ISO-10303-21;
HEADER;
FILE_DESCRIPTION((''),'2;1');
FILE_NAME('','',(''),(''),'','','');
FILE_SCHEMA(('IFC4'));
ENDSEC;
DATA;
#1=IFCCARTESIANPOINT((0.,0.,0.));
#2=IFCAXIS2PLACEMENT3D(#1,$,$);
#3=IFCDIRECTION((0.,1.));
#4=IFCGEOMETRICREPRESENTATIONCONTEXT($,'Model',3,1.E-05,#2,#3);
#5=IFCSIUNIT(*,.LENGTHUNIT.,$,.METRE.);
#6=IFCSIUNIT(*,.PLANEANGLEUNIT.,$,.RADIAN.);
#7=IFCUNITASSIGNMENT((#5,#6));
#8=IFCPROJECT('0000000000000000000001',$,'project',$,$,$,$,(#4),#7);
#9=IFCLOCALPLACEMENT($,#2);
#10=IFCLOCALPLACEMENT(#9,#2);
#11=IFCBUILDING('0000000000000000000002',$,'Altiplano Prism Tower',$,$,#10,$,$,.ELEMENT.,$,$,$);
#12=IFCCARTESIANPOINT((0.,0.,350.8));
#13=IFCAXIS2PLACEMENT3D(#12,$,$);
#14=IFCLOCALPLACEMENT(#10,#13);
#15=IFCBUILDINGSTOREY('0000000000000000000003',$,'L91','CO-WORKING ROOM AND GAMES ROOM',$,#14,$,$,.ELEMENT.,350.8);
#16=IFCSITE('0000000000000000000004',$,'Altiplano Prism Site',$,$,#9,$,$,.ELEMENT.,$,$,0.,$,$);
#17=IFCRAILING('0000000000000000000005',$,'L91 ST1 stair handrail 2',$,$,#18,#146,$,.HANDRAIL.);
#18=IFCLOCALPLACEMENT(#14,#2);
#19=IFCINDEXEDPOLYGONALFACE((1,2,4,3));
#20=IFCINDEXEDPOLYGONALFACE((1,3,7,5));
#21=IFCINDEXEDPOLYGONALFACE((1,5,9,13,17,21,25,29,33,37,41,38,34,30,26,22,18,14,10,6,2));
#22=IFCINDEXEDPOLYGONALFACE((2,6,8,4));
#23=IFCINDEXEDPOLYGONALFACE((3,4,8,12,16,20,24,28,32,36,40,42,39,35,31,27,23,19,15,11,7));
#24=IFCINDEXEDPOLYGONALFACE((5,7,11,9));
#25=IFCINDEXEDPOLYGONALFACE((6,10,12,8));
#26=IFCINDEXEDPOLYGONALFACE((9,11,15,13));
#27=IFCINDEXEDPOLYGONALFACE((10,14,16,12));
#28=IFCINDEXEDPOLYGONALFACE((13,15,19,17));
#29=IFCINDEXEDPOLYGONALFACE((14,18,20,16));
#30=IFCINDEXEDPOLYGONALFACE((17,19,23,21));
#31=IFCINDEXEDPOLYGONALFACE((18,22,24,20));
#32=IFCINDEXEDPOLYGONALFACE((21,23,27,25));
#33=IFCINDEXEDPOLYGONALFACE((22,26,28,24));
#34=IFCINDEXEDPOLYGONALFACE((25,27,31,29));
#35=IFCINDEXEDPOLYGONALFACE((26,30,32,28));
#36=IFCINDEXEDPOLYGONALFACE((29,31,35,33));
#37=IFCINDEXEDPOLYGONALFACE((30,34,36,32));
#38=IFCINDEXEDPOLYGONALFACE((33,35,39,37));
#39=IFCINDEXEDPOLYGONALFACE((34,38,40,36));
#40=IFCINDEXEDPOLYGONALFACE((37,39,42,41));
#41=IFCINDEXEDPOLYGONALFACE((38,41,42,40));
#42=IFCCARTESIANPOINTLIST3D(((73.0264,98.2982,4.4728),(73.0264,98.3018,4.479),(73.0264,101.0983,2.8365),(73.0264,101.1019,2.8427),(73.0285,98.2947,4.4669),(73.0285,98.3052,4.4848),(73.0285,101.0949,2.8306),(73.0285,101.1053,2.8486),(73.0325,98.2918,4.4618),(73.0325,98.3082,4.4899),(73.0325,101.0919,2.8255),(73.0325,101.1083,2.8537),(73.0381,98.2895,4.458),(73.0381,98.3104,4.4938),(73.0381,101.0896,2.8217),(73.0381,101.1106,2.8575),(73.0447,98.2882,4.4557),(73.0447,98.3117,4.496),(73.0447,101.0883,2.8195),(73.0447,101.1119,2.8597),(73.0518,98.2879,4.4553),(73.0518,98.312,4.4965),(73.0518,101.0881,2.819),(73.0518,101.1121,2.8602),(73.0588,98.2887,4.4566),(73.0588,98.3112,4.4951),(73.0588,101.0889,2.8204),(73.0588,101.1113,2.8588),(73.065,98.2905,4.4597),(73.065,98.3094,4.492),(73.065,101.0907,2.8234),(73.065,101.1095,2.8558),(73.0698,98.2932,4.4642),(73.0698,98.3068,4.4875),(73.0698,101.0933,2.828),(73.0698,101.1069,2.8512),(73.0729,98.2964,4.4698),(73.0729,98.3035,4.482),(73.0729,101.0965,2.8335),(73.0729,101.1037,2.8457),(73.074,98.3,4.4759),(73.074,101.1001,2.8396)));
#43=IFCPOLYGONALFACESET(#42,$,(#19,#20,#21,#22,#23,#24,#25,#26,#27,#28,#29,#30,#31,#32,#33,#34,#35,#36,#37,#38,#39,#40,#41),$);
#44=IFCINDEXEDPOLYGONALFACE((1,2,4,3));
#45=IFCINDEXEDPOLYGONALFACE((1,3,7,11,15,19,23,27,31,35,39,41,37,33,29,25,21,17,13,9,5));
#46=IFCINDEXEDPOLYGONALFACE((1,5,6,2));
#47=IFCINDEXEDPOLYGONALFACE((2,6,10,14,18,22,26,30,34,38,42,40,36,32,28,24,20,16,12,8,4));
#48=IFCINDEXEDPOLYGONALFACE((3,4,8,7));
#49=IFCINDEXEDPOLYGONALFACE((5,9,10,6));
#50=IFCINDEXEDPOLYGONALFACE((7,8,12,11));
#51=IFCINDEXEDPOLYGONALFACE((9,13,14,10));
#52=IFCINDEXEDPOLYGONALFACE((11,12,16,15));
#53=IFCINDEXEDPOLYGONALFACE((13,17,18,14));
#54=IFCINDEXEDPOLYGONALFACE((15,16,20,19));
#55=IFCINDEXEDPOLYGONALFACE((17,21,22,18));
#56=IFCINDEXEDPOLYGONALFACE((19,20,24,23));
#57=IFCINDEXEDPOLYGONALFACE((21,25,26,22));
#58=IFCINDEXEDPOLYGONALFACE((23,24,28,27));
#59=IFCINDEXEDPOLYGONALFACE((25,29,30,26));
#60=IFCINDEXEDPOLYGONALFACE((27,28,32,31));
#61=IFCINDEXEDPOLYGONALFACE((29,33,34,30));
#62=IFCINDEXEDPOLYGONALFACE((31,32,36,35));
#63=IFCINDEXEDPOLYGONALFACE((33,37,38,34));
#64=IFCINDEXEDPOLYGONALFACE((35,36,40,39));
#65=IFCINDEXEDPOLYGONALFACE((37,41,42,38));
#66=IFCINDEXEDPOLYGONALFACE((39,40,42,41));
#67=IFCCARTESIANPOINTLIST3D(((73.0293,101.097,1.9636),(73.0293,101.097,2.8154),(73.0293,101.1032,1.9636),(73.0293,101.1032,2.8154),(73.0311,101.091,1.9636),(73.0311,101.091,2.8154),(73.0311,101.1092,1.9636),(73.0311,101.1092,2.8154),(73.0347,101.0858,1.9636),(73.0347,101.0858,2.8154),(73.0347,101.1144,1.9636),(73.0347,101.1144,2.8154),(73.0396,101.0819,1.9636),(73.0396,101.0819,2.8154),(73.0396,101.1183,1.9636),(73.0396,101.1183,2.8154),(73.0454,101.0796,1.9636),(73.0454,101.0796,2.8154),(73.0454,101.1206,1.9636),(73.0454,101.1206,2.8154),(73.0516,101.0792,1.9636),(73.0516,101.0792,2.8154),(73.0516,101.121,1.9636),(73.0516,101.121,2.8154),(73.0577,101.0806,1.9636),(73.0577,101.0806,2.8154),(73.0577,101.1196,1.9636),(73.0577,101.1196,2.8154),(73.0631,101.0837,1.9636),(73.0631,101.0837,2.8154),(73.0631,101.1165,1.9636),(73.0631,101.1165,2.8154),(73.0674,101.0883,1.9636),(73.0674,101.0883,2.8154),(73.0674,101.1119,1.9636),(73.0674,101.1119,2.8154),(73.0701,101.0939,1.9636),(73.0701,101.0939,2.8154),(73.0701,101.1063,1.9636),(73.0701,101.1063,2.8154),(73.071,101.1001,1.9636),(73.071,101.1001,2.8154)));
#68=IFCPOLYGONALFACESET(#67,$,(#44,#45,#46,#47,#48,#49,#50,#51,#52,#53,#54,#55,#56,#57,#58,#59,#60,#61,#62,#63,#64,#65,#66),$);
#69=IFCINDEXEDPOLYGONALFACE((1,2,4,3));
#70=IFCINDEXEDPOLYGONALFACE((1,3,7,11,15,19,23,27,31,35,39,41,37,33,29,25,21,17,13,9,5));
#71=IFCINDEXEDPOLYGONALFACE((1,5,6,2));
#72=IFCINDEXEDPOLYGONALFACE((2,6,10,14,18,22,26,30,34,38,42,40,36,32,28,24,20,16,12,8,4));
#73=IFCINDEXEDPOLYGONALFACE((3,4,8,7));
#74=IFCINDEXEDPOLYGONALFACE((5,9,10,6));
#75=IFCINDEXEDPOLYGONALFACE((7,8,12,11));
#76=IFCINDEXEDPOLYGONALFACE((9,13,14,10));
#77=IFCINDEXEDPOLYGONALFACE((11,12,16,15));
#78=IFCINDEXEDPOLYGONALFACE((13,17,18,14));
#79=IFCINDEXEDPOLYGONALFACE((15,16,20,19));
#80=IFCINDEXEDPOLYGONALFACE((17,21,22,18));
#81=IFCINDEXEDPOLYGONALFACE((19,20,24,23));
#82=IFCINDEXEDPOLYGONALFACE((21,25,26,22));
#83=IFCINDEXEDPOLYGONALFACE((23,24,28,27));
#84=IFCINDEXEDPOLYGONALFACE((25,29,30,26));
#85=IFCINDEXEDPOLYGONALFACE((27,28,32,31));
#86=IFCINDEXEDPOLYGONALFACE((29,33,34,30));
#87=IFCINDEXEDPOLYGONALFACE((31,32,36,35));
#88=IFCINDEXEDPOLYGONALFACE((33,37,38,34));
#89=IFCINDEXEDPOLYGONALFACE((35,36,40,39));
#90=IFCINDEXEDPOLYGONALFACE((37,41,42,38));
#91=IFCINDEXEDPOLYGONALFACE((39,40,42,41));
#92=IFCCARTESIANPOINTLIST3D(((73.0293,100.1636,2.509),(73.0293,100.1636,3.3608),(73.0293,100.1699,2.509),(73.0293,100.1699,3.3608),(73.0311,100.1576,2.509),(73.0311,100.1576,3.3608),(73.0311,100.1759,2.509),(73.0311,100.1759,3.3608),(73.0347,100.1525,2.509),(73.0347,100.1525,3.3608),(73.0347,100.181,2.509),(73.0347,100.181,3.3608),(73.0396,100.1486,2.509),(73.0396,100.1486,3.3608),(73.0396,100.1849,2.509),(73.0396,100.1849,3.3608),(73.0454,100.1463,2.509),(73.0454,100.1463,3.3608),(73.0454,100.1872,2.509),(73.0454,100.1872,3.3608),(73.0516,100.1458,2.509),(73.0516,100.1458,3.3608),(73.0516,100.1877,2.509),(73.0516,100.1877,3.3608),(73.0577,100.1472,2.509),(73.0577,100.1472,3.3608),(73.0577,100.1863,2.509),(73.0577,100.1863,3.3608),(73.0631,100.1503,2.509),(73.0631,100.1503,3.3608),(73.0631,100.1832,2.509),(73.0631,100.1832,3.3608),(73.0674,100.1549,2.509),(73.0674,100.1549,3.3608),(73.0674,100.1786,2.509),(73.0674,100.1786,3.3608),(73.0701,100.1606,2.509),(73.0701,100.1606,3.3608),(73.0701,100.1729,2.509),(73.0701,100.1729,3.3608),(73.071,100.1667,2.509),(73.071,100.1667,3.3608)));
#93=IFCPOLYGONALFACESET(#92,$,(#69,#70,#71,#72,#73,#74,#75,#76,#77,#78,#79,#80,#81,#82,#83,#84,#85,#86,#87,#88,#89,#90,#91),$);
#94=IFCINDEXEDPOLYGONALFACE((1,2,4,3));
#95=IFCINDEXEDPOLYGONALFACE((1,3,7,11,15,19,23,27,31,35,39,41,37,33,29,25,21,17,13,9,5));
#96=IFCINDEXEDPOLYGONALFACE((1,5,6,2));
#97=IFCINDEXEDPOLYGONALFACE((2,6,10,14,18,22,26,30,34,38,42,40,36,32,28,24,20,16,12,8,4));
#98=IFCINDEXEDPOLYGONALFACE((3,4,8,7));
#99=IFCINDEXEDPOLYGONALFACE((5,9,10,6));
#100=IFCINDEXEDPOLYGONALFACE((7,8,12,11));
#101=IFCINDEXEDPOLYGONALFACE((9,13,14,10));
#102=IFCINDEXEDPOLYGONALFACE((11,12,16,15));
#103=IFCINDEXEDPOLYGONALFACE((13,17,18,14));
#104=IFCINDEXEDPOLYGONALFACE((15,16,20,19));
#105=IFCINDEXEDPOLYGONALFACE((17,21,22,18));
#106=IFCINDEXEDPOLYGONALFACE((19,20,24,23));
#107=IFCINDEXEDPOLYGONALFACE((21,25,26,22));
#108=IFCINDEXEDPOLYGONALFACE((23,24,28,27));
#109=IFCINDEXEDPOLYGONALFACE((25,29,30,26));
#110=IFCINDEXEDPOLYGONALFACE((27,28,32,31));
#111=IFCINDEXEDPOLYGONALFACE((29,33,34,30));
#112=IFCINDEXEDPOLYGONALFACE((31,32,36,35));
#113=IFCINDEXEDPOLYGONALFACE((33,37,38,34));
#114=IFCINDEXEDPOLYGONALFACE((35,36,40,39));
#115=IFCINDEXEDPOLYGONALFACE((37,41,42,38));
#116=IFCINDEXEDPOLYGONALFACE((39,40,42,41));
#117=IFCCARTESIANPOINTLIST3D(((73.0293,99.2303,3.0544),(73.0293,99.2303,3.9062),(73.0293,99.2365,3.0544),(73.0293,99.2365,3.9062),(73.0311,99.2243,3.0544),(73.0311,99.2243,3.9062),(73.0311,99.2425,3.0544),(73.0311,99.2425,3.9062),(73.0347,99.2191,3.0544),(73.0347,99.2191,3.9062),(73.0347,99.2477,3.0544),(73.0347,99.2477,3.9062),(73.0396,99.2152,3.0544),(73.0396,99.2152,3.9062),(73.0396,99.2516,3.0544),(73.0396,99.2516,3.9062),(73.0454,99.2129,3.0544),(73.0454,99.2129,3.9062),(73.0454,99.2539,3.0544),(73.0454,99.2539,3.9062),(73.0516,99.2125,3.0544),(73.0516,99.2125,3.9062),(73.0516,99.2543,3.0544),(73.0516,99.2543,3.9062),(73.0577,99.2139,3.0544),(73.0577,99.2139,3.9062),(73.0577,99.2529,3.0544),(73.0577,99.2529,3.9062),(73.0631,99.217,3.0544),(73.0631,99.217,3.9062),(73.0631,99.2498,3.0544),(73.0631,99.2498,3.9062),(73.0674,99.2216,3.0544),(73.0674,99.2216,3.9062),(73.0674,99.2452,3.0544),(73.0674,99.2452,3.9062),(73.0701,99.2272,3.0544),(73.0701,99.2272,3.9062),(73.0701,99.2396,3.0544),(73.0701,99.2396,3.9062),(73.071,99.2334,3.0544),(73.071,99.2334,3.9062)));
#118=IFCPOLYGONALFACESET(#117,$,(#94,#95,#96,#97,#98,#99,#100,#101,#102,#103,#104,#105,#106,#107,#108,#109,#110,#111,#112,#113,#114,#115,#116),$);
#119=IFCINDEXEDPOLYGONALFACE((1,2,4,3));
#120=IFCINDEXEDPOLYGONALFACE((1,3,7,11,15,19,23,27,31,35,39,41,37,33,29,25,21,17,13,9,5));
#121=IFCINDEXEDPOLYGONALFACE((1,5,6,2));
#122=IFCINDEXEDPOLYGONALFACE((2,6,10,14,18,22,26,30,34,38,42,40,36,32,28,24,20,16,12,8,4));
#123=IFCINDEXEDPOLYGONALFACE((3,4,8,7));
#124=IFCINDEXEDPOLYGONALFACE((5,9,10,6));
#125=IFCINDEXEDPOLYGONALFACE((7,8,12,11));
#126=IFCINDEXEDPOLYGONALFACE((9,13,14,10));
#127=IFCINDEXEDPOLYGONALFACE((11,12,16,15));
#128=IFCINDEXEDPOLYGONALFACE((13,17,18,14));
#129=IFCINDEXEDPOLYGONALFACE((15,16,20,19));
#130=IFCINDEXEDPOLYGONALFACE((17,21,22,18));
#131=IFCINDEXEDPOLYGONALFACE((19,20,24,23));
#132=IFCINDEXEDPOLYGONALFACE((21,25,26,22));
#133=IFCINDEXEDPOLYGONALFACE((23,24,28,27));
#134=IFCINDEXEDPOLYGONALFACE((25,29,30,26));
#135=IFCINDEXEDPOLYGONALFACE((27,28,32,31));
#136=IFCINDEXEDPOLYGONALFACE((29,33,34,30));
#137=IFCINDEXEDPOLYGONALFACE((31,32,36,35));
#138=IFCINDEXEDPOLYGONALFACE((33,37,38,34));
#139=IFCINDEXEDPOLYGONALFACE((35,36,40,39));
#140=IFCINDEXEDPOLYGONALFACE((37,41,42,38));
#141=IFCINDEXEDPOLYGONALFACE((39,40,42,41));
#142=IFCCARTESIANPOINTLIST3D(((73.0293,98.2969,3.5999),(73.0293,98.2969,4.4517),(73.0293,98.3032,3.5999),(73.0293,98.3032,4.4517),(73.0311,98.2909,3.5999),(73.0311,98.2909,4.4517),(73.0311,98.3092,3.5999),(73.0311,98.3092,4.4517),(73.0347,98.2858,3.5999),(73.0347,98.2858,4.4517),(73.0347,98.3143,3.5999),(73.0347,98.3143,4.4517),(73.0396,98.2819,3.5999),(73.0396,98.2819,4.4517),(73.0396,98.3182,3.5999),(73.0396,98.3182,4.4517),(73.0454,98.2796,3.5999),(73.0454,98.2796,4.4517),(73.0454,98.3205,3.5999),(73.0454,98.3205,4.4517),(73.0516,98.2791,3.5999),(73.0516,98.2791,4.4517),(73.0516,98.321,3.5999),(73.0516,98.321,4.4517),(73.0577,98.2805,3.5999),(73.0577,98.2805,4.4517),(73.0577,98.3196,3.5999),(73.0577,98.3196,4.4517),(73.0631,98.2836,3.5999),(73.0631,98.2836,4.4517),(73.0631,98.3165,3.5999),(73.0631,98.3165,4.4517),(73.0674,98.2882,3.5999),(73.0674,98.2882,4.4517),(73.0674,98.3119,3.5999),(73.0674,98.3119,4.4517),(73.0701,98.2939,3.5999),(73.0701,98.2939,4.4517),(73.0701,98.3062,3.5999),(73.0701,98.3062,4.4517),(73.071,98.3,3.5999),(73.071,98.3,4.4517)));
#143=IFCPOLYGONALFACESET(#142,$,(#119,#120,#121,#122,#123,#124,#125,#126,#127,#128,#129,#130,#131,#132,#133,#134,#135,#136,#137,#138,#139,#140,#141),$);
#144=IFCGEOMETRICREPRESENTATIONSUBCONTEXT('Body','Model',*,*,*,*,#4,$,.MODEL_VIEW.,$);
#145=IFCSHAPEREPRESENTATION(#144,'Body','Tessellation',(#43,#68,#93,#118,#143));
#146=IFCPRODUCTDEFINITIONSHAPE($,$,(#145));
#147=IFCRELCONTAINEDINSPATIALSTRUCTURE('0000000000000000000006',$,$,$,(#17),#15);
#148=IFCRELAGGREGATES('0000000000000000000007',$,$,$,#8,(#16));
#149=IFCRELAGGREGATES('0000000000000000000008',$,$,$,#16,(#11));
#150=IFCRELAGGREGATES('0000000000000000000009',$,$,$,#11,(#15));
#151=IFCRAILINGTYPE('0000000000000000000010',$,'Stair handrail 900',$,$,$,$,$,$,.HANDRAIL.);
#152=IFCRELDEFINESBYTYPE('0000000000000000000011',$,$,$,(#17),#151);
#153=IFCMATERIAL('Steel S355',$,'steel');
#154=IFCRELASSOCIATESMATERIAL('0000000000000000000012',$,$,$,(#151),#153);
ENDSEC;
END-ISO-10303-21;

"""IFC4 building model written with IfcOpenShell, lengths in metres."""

from ifc_helpers import new_model, si_unit, direction, frame, origin, origin_2d, place, context, subcontext, project, spatial, circle, extrude, material, type_object, element, save


model = new_model("IFC4")

# Units and contexts
model_context = context("Model", 3, precision=1e-05, world=origin(), true_north=direction((0.0, 1.0)))
body_context = subcontext(model_context, "Body", "Model", "MODEL_VIEW")
ifc_project = project(units=[si_unit("LENGTHUNIT", "METRE"), si_unit("PLANEANGLEUNIT", "RADIAN")], contexts=[model_context])

# Site, building, storey
site_placement = place(None, origin())
site = spatial("IfcSite", under=ifc_project, at=site_placement, Name="Altiplano Prism Site", CompositionType="ELEMENT", RefElevation=0.0)
building_placement = place(site_placement, origin())
building = spatial("IfcBuilding", under=site, at=building_placement, Name="Altiplano Prism Tower", CompositionType="ELEMENT")
storey_placement = place(building_placement, frame((0.0, 0.0, 350.8)))
storey = spatial("IfcBuildingStorey", under=building, at=storey_placement, Name="L91", Description="CO-WORKING ROOM AND GAMES ROOM", CompositionType="ELEMENT", Elevation=350.8)

# Railing
ifc_material_1 = material(Name="Steel S355", Category="steel")
railing_type_1 = type_object("IfcRailingType", Name="Stair handrail 900", PredefinedType="HANDRAIL", material=ifc_material_1)
railing_1_placement = place(storey_placement, frame((73.05, 101.1001, 1.9636)))
element("IfcRailing", 1, at=railing_1_placement, inside=storey, type_object=railing_type_1, Name="L91 ST1 stair handrail 2", PredefinedType="HANDRAIL", context=body_context, shape_type="SweptSolid", body=[
    extrude(circle(Radius=0.0239, at=origin_2d()), frame((0.0, 0.0, 0.876), z_axis=(0.0, -0.863394, 0.504531), x_axis=(1.0, 0.0, 0.0)), (0.0, 0.0, 1.0), 3.2432),
    extrude(circle(Radius=0.021, at=origin_2d()), origin(), (0.0, 0.0, 1.0), 0.8518),
    extrude(circle(Radius=0.021, at=origin_2d()), frame((0.0, -0.9333, 0.5454)), (0.0, 0.0, 1.0), 0.8518),
    extrude(circle(Radius=0.021, at=origin_2d()), frame((0.0, -1.8667, 1.0908)), (0.0, 0.0, 1.0), 0.8518),
    extrude(circle(Radius=0.021, at=origin_2d()), frame((0.0, -2.8, 1.6362)), (0.0, 0.0, 1.0), 0.8518),
])

save(model, "model.ifc")
